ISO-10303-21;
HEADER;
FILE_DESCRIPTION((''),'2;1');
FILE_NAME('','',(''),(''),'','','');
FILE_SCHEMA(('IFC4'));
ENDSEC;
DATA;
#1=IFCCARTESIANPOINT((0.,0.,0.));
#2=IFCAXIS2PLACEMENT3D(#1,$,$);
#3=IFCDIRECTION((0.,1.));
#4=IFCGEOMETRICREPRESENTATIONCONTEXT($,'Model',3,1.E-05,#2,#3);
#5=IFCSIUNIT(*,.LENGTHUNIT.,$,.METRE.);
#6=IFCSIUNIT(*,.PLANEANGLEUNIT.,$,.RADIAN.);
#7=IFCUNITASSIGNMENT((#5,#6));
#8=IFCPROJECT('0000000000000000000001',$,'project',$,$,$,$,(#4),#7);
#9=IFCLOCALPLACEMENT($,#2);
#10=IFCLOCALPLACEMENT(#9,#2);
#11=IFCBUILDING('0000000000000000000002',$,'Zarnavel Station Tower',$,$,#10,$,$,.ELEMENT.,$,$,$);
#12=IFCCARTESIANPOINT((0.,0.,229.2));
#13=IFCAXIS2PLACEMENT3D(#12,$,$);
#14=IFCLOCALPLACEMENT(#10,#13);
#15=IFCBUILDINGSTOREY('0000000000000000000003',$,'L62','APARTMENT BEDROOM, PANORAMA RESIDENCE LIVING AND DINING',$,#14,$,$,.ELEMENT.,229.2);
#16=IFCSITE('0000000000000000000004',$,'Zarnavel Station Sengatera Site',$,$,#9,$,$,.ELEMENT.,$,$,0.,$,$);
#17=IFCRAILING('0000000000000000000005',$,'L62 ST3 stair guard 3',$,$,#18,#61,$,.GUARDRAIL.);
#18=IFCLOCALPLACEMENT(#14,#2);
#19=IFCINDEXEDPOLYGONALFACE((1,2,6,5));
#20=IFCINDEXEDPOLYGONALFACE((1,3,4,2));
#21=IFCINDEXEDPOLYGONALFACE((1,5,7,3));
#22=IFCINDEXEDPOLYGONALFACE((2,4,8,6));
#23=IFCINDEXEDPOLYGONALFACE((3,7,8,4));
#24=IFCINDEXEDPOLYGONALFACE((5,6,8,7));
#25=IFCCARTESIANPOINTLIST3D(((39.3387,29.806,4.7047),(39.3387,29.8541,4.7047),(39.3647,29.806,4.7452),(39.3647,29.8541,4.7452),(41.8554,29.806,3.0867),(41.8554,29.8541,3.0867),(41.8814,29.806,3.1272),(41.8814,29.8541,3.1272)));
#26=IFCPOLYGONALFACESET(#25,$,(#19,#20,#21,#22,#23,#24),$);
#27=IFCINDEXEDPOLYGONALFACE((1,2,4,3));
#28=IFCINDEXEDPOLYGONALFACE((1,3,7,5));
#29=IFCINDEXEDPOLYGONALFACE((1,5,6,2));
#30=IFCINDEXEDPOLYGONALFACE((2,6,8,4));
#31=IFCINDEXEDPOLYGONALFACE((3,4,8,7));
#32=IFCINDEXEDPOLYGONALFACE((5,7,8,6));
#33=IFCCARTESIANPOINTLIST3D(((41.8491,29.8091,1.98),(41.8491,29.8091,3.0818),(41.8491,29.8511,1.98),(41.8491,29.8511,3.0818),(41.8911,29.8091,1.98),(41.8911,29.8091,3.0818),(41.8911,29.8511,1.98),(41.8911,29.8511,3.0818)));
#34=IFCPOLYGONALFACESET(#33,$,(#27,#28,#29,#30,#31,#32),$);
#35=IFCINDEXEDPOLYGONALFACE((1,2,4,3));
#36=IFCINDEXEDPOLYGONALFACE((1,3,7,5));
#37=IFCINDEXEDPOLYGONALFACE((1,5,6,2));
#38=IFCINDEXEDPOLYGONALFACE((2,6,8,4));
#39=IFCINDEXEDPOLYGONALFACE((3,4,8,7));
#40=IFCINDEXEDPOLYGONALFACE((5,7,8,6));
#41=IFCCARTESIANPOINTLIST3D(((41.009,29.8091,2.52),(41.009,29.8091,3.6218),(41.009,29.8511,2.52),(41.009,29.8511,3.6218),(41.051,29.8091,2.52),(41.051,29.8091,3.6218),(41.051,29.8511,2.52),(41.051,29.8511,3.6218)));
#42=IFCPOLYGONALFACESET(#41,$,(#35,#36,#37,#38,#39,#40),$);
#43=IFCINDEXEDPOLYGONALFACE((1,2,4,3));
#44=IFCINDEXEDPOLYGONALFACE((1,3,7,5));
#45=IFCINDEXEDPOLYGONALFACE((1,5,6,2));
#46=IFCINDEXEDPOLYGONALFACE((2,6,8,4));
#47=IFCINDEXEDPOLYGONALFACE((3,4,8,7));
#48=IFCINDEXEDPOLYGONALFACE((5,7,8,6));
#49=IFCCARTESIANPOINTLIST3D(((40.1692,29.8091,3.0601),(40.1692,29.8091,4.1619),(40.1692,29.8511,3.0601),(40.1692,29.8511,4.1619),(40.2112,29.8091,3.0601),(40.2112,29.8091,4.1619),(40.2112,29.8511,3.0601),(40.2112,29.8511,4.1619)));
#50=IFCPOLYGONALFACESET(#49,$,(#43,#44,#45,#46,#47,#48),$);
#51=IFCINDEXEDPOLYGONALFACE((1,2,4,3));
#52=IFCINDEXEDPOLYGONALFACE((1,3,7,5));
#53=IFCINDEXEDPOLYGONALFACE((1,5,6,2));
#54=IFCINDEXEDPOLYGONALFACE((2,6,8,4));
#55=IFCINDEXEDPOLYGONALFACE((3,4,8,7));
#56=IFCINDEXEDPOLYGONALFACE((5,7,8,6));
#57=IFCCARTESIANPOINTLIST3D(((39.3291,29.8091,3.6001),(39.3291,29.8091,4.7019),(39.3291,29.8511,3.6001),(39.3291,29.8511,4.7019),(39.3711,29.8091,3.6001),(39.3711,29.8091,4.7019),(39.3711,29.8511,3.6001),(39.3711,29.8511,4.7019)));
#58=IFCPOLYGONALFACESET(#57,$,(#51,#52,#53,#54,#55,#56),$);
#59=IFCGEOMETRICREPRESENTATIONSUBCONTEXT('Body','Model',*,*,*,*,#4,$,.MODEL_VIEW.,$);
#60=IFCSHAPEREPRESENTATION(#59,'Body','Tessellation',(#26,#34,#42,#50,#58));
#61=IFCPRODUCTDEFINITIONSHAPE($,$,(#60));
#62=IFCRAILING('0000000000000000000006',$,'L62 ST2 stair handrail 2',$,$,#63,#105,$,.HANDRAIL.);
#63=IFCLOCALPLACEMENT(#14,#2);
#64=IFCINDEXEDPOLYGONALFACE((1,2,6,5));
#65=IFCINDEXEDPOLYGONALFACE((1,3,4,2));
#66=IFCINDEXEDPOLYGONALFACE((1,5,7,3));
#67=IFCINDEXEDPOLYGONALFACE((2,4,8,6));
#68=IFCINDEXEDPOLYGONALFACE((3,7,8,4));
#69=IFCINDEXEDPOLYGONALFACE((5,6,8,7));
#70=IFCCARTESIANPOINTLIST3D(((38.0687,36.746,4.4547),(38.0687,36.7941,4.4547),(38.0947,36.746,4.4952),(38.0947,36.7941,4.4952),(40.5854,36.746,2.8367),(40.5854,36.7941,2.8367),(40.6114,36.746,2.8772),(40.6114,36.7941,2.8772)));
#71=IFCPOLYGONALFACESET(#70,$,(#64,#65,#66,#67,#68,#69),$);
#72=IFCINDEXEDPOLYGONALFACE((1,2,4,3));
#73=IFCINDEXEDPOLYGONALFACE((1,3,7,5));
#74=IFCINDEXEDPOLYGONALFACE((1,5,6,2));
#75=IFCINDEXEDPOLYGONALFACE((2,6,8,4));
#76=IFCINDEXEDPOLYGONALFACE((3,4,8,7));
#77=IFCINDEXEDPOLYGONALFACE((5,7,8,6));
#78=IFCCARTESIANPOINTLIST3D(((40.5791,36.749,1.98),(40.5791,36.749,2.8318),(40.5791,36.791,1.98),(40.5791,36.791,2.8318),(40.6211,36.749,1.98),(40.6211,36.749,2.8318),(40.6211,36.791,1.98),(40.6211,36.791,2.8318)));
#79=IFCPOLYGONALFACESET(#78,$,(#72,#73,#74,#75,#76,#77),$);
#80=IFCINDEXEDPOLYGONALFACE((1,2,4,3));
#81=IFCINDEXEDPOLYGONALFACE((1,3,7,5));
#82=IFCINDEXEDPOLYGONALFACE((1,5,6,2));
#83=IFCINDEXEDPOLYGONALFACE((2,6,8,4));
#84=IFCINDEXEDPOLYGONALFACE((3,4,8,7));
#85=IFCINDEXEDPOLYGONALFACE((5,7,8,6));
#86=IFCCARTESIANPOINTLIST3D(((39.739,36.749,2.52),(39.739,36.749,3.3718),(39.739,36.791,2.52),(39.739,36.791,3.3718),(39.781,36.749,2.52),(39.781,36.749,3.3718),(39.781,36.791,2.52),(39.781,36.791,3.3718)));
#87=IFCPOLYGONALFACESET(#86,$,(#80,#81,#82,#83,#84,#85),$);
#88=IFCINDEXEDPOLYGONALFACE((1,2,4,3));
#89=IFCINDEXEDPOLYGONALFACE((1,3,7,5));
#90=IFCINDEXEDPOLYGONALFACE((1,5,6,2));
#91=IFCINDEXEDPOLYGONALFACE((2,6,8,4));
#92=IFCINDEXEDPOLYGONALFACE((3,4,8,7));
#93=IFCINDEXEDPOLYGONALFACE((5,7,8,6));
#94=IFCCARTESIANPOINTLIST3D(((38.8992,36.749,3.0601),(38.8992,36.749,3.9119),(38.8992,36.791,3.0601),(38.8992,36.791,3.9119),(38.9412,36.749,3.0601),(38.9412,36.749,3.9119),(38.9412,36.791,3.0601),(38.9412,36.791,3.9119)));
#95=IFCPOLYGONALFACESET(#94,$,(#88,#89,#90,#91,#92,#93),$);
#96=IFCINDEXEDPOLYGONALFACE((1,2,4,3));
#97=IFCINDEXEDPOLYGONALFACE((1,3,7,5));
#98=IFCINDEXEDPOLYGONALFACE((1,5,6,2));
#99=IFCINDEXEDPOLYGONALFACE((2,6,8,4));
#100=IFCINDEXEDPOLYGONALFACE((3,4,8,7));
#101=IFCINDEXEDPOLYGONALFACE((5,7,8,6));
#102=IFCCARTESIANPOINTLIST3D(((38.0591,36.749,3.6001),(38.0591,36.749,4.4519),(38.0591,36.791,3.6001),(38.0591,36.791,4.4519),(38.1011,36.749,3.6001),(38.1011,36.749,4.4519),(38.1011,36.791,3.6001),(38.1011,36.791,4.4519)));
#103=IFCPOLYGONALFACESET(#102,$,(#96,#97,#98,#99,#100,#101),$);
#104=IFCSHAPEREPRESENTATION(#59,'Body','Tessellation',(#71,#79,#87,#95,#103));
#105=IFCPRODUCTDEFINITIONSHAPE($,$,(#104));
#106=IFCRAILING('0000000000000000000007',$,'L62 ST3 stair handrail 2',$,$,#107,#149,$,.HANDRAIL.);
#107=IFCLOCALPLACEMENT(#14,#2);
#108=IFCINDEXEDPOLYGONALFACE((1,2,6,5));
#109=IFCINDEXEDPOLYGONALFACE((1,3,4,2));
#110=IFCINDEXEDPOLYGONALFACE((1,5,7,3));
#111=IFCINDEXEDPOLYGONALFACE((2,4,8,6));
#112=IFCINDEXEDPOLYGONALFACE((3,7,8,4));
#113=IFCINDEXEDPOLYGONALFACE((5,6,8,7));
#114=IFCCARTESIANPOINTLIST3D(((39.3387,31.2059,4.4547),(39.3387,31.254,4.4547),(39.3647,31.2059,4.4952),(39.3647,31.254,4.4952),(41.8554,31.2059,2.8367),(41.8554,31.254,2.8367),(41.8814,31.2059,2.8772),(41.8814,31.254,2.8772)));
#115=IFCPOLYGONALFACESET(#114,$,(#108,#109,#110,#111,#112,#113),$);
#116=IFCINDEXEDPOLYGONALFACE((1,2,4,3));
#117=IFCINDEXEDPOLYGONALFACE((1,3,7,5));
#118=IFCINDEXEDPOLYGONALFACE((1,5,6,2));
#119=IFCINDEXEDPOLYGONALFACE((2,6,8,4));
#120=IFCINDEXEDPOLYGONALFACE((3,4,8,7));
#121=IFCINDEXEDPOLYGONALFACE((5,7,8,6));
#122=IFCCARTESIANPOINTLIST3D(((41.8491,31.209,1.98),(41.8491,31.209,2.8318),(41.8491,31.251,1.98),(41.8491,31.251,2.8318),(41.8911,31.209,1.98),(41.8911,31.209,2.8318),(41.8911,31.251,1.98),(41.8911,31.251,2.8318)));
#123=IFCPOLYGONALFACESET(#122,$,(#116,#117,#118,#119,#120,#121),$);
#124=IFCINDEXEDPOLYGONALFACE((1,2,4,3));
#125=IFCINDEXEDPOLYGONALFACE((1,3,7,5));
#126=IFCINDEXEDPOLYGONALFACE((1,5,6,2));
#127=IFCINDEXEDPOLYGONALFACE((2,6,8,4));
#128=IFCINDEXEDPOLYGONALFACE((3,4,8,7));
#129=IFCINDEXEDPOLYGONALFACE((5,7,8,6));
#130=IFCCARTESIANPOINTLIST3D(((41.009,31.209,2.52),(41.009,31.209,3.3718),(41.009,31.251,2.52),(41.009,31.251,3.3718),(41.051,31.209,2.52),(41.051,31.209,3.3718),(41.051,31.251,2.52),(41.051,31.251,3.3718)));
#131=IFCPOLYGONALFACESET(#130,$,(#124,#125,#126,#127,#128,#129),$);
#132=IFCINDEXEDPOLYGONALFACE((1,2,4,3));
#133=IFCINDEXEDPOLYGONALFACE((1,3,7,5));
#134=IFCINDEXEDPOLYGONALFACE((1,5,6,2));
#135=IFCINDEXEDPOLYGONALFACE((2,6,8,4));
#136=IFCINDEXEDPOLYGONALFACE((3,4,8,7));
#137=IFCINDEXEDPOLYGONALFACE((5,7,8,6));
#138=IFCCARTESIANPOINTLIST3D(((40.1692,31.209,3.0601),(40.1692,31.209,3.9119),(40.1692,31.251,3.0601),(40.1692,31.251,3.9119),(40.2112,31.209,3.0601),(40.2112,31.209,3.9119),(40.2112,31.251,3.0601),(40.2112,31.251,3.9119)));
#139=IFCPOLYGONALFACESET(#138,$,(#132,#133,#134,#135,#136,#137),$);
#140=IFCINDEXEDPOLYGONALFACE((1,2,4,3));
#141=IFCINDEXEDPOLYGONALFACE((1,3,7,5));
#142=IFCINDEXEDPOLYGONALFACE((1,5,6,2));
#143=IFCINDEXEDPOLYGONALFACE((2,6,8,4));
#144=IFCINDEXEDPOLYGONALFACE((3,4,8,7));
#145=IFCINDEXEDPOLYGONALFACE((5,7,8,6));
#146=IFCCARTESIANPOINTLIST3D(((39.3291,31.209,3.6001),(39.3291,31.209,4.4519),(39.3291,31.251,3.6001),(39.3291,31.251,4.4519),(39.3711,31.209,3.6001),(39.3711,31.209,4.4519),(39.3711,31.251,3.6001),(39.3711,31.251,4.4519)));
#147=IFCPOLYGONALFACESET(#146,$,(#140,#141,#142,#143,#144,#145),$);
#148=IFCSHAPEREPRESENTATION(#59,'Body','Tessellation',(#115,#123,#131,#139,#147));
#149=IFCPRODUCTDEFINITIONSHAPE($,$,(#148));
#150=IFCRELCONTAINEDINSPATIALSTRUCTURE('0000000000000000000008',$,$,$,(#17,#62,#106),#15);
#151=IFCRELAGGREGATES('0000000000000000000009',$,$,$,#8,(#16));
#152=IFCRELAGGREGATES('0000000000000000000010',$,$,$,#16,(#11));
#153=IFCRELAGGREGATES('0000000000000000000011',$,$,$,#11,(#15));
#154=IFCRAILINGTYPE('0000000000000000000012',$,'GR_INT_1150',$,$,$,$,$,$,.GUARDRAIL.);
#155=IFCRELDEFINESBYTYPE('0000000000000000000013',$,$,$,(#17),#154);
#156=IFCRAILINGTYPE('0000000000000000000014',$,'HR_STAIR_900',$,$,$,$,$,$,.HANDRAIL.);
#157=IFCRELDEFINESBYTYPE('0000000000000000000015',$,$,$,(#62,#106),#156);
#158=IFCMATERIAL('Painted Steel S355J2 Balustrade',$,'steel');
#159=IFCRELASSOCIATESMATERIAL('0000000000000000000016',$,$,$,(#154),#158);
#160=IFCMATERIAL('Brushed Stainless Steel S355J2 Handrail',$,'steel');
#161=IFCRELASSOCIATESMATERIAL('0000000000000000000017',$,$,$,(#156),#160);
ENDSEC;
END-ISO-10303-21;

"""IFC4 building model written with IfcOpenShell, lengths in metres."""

from ifc_helpers import new_model, si_unit, direction, frame, origin, origin_2d, place, context, subcontext, project, spatial, rectangle, extrude, material, type_object, element, save


model = new_model("IFC4")

# Units and contexts
model_context = context("Model", 3, precision=1e-05, world=origin(), true_north=direction((0.0, 1.0)))
body_context = subcontext(model_context, "Body", "Model", "MODEL_VIEW")
ifc_project = project(units=[si_unit("LENGTHUNIT", "METRE"), si_unit("PLANEANGLEUNIT", "RADIAN")], contexts=[model_context])

# Site, building, storey
site_placement = place(None, origin())
site = spatial("IfcSite", under=ifc_project, at=site_placement, Name="Zarnavel Station Sengatera Site", CompositionType="ELEMENT", RefElevation=0.0)
building_placement = place(site_placement, origin())
building = spatial("IfcBuilding", under=site, at=building_placement, Name="Zarnavel Station Tower", CompositionType="ELEMENT")
storey_placement = place(building_placement, frame((0.0, 0.0, 229.2)))
storey = spatial("IfcBuildingStorey", under=building, at=storey_placement, Name="L62", Description="APARTMENT BEDROOM, PANORAMA RESIDENCE LIVING AND DINING", CompositionType="ELEMENT", Elevation=229.2)

# Railings
ifc_material_1 = material(Name="Painted Steel S355J2 Balustrade", Category="steel")
railing_type_1 = type_object("IfcRailingType", Name="GR_INT_1150", PredefinedType="GUARDRAIL", material=ifc_material_1)
railing_1_placement = place(storey_placement, frame((41.8701, 29.8301, 1.98)))
element("IfcRailing", 1, at=railing_1_placement, inside=storey, type_object=railing_type_1, Name="L62 ST3 stair guard 3", PredefinedType="GUARDRAIL", context=body_context, shape_type="SweptSolid", body=[
    extrude(rectangle(XDim=0.0481, YDim=0.0481, at=origin_2d()), frame((-0.0017, 0.0, 1.127), z_axis=(-0.841163, 0.0, 0.540782), x_axis=(0.0, -1.0, 0.0)), (0.0, 0.0, 1.0), 2.9919),
    extrude(rectangle(XDim=0.042, YDim=0.042, at=origin_2d()), origin(), (0.0, 0.0, 1.0), 1.1018),
    extrude(rectangle(XDim=0.042, YDim=0.042, at=origin_2d()), frame((-0.8401, 0.0, 0.54)), (0.0, 0.0, 1.0), 1.1018),
    extrude(rectangle(XDim=0.042, YDim=0.042, at=origin_2d()), frame((-1.6799, 0.0, 1.0801)), (0.0, 0.0, 1.0), 1.1018),
    extrude(rectangle(XDim=0.042, YDim=0.042, at=origin_2d()), frame((-2.52, 0.0, 1.6201)), (0.0, 0.0, 1.0), 1.1018),
])
ifc_material_2 = material(Name="Brushed Stainless Steel S355J2 Handrail", Category="steel")
railing_type_2 = type_object("IfcRailingType", Name="HR_STAIR_900", PredefinedType="HANDRAIL", material=ifc_material_2)
for number, where, name in (
    (2, (40.6001, 36.77, 1.98), "L62 ST2 stair handrail 2"),
    (3, (41.8701, 31.23, 1.98), "L62 ST3 stair handrail 2"),
):
    element("IfcRailing", number, at=place(storey_placement, frame(where)), inside=storey, type_object=railing_type_2, Name=name, PredefinedType="HANDRAIL", context=body_context, shape_type="SweptSolid", body=[
        extrude(rectangle(XDim=0.0481, YDim=0.0481, at=origin_2d()), frame((-0.0017, 0.0, 0.877), z_axis=(-0.841163, 0.0, 0.540782), x_axis=(0.0, -1.0, 0.0)), (0.0, 0.0, 1.0), 2.9919),
        extrude(rectangle(XDim=0.042, YDim=0.042, at=origin_2d()), origin(), (0.0, 0.0, 1.0), 0.8518),
        extrude(rectangle(XDim=0.042, YDim=0.042, at=origin_2d()), frame((-0.8401, 0.0, 0.54)), (0.0, 0.0, 1.0), 0.8518),
        extrude(rectangle(XDim=0.042, YDim=0.042, at=origin_2d()), frame((-1.6799, 0.0, 1.0801)), (0.0, 0.0, 1.0), 0.8518),
        extrude(rectangle(XDim=0.042, YDim=0.042, at=origin_2d()), frame((-2.52, 0.0, 1.6201)), (0.0, 0.0, 1.0), 0.8518),
    ])

save(model, "model.ifc")
